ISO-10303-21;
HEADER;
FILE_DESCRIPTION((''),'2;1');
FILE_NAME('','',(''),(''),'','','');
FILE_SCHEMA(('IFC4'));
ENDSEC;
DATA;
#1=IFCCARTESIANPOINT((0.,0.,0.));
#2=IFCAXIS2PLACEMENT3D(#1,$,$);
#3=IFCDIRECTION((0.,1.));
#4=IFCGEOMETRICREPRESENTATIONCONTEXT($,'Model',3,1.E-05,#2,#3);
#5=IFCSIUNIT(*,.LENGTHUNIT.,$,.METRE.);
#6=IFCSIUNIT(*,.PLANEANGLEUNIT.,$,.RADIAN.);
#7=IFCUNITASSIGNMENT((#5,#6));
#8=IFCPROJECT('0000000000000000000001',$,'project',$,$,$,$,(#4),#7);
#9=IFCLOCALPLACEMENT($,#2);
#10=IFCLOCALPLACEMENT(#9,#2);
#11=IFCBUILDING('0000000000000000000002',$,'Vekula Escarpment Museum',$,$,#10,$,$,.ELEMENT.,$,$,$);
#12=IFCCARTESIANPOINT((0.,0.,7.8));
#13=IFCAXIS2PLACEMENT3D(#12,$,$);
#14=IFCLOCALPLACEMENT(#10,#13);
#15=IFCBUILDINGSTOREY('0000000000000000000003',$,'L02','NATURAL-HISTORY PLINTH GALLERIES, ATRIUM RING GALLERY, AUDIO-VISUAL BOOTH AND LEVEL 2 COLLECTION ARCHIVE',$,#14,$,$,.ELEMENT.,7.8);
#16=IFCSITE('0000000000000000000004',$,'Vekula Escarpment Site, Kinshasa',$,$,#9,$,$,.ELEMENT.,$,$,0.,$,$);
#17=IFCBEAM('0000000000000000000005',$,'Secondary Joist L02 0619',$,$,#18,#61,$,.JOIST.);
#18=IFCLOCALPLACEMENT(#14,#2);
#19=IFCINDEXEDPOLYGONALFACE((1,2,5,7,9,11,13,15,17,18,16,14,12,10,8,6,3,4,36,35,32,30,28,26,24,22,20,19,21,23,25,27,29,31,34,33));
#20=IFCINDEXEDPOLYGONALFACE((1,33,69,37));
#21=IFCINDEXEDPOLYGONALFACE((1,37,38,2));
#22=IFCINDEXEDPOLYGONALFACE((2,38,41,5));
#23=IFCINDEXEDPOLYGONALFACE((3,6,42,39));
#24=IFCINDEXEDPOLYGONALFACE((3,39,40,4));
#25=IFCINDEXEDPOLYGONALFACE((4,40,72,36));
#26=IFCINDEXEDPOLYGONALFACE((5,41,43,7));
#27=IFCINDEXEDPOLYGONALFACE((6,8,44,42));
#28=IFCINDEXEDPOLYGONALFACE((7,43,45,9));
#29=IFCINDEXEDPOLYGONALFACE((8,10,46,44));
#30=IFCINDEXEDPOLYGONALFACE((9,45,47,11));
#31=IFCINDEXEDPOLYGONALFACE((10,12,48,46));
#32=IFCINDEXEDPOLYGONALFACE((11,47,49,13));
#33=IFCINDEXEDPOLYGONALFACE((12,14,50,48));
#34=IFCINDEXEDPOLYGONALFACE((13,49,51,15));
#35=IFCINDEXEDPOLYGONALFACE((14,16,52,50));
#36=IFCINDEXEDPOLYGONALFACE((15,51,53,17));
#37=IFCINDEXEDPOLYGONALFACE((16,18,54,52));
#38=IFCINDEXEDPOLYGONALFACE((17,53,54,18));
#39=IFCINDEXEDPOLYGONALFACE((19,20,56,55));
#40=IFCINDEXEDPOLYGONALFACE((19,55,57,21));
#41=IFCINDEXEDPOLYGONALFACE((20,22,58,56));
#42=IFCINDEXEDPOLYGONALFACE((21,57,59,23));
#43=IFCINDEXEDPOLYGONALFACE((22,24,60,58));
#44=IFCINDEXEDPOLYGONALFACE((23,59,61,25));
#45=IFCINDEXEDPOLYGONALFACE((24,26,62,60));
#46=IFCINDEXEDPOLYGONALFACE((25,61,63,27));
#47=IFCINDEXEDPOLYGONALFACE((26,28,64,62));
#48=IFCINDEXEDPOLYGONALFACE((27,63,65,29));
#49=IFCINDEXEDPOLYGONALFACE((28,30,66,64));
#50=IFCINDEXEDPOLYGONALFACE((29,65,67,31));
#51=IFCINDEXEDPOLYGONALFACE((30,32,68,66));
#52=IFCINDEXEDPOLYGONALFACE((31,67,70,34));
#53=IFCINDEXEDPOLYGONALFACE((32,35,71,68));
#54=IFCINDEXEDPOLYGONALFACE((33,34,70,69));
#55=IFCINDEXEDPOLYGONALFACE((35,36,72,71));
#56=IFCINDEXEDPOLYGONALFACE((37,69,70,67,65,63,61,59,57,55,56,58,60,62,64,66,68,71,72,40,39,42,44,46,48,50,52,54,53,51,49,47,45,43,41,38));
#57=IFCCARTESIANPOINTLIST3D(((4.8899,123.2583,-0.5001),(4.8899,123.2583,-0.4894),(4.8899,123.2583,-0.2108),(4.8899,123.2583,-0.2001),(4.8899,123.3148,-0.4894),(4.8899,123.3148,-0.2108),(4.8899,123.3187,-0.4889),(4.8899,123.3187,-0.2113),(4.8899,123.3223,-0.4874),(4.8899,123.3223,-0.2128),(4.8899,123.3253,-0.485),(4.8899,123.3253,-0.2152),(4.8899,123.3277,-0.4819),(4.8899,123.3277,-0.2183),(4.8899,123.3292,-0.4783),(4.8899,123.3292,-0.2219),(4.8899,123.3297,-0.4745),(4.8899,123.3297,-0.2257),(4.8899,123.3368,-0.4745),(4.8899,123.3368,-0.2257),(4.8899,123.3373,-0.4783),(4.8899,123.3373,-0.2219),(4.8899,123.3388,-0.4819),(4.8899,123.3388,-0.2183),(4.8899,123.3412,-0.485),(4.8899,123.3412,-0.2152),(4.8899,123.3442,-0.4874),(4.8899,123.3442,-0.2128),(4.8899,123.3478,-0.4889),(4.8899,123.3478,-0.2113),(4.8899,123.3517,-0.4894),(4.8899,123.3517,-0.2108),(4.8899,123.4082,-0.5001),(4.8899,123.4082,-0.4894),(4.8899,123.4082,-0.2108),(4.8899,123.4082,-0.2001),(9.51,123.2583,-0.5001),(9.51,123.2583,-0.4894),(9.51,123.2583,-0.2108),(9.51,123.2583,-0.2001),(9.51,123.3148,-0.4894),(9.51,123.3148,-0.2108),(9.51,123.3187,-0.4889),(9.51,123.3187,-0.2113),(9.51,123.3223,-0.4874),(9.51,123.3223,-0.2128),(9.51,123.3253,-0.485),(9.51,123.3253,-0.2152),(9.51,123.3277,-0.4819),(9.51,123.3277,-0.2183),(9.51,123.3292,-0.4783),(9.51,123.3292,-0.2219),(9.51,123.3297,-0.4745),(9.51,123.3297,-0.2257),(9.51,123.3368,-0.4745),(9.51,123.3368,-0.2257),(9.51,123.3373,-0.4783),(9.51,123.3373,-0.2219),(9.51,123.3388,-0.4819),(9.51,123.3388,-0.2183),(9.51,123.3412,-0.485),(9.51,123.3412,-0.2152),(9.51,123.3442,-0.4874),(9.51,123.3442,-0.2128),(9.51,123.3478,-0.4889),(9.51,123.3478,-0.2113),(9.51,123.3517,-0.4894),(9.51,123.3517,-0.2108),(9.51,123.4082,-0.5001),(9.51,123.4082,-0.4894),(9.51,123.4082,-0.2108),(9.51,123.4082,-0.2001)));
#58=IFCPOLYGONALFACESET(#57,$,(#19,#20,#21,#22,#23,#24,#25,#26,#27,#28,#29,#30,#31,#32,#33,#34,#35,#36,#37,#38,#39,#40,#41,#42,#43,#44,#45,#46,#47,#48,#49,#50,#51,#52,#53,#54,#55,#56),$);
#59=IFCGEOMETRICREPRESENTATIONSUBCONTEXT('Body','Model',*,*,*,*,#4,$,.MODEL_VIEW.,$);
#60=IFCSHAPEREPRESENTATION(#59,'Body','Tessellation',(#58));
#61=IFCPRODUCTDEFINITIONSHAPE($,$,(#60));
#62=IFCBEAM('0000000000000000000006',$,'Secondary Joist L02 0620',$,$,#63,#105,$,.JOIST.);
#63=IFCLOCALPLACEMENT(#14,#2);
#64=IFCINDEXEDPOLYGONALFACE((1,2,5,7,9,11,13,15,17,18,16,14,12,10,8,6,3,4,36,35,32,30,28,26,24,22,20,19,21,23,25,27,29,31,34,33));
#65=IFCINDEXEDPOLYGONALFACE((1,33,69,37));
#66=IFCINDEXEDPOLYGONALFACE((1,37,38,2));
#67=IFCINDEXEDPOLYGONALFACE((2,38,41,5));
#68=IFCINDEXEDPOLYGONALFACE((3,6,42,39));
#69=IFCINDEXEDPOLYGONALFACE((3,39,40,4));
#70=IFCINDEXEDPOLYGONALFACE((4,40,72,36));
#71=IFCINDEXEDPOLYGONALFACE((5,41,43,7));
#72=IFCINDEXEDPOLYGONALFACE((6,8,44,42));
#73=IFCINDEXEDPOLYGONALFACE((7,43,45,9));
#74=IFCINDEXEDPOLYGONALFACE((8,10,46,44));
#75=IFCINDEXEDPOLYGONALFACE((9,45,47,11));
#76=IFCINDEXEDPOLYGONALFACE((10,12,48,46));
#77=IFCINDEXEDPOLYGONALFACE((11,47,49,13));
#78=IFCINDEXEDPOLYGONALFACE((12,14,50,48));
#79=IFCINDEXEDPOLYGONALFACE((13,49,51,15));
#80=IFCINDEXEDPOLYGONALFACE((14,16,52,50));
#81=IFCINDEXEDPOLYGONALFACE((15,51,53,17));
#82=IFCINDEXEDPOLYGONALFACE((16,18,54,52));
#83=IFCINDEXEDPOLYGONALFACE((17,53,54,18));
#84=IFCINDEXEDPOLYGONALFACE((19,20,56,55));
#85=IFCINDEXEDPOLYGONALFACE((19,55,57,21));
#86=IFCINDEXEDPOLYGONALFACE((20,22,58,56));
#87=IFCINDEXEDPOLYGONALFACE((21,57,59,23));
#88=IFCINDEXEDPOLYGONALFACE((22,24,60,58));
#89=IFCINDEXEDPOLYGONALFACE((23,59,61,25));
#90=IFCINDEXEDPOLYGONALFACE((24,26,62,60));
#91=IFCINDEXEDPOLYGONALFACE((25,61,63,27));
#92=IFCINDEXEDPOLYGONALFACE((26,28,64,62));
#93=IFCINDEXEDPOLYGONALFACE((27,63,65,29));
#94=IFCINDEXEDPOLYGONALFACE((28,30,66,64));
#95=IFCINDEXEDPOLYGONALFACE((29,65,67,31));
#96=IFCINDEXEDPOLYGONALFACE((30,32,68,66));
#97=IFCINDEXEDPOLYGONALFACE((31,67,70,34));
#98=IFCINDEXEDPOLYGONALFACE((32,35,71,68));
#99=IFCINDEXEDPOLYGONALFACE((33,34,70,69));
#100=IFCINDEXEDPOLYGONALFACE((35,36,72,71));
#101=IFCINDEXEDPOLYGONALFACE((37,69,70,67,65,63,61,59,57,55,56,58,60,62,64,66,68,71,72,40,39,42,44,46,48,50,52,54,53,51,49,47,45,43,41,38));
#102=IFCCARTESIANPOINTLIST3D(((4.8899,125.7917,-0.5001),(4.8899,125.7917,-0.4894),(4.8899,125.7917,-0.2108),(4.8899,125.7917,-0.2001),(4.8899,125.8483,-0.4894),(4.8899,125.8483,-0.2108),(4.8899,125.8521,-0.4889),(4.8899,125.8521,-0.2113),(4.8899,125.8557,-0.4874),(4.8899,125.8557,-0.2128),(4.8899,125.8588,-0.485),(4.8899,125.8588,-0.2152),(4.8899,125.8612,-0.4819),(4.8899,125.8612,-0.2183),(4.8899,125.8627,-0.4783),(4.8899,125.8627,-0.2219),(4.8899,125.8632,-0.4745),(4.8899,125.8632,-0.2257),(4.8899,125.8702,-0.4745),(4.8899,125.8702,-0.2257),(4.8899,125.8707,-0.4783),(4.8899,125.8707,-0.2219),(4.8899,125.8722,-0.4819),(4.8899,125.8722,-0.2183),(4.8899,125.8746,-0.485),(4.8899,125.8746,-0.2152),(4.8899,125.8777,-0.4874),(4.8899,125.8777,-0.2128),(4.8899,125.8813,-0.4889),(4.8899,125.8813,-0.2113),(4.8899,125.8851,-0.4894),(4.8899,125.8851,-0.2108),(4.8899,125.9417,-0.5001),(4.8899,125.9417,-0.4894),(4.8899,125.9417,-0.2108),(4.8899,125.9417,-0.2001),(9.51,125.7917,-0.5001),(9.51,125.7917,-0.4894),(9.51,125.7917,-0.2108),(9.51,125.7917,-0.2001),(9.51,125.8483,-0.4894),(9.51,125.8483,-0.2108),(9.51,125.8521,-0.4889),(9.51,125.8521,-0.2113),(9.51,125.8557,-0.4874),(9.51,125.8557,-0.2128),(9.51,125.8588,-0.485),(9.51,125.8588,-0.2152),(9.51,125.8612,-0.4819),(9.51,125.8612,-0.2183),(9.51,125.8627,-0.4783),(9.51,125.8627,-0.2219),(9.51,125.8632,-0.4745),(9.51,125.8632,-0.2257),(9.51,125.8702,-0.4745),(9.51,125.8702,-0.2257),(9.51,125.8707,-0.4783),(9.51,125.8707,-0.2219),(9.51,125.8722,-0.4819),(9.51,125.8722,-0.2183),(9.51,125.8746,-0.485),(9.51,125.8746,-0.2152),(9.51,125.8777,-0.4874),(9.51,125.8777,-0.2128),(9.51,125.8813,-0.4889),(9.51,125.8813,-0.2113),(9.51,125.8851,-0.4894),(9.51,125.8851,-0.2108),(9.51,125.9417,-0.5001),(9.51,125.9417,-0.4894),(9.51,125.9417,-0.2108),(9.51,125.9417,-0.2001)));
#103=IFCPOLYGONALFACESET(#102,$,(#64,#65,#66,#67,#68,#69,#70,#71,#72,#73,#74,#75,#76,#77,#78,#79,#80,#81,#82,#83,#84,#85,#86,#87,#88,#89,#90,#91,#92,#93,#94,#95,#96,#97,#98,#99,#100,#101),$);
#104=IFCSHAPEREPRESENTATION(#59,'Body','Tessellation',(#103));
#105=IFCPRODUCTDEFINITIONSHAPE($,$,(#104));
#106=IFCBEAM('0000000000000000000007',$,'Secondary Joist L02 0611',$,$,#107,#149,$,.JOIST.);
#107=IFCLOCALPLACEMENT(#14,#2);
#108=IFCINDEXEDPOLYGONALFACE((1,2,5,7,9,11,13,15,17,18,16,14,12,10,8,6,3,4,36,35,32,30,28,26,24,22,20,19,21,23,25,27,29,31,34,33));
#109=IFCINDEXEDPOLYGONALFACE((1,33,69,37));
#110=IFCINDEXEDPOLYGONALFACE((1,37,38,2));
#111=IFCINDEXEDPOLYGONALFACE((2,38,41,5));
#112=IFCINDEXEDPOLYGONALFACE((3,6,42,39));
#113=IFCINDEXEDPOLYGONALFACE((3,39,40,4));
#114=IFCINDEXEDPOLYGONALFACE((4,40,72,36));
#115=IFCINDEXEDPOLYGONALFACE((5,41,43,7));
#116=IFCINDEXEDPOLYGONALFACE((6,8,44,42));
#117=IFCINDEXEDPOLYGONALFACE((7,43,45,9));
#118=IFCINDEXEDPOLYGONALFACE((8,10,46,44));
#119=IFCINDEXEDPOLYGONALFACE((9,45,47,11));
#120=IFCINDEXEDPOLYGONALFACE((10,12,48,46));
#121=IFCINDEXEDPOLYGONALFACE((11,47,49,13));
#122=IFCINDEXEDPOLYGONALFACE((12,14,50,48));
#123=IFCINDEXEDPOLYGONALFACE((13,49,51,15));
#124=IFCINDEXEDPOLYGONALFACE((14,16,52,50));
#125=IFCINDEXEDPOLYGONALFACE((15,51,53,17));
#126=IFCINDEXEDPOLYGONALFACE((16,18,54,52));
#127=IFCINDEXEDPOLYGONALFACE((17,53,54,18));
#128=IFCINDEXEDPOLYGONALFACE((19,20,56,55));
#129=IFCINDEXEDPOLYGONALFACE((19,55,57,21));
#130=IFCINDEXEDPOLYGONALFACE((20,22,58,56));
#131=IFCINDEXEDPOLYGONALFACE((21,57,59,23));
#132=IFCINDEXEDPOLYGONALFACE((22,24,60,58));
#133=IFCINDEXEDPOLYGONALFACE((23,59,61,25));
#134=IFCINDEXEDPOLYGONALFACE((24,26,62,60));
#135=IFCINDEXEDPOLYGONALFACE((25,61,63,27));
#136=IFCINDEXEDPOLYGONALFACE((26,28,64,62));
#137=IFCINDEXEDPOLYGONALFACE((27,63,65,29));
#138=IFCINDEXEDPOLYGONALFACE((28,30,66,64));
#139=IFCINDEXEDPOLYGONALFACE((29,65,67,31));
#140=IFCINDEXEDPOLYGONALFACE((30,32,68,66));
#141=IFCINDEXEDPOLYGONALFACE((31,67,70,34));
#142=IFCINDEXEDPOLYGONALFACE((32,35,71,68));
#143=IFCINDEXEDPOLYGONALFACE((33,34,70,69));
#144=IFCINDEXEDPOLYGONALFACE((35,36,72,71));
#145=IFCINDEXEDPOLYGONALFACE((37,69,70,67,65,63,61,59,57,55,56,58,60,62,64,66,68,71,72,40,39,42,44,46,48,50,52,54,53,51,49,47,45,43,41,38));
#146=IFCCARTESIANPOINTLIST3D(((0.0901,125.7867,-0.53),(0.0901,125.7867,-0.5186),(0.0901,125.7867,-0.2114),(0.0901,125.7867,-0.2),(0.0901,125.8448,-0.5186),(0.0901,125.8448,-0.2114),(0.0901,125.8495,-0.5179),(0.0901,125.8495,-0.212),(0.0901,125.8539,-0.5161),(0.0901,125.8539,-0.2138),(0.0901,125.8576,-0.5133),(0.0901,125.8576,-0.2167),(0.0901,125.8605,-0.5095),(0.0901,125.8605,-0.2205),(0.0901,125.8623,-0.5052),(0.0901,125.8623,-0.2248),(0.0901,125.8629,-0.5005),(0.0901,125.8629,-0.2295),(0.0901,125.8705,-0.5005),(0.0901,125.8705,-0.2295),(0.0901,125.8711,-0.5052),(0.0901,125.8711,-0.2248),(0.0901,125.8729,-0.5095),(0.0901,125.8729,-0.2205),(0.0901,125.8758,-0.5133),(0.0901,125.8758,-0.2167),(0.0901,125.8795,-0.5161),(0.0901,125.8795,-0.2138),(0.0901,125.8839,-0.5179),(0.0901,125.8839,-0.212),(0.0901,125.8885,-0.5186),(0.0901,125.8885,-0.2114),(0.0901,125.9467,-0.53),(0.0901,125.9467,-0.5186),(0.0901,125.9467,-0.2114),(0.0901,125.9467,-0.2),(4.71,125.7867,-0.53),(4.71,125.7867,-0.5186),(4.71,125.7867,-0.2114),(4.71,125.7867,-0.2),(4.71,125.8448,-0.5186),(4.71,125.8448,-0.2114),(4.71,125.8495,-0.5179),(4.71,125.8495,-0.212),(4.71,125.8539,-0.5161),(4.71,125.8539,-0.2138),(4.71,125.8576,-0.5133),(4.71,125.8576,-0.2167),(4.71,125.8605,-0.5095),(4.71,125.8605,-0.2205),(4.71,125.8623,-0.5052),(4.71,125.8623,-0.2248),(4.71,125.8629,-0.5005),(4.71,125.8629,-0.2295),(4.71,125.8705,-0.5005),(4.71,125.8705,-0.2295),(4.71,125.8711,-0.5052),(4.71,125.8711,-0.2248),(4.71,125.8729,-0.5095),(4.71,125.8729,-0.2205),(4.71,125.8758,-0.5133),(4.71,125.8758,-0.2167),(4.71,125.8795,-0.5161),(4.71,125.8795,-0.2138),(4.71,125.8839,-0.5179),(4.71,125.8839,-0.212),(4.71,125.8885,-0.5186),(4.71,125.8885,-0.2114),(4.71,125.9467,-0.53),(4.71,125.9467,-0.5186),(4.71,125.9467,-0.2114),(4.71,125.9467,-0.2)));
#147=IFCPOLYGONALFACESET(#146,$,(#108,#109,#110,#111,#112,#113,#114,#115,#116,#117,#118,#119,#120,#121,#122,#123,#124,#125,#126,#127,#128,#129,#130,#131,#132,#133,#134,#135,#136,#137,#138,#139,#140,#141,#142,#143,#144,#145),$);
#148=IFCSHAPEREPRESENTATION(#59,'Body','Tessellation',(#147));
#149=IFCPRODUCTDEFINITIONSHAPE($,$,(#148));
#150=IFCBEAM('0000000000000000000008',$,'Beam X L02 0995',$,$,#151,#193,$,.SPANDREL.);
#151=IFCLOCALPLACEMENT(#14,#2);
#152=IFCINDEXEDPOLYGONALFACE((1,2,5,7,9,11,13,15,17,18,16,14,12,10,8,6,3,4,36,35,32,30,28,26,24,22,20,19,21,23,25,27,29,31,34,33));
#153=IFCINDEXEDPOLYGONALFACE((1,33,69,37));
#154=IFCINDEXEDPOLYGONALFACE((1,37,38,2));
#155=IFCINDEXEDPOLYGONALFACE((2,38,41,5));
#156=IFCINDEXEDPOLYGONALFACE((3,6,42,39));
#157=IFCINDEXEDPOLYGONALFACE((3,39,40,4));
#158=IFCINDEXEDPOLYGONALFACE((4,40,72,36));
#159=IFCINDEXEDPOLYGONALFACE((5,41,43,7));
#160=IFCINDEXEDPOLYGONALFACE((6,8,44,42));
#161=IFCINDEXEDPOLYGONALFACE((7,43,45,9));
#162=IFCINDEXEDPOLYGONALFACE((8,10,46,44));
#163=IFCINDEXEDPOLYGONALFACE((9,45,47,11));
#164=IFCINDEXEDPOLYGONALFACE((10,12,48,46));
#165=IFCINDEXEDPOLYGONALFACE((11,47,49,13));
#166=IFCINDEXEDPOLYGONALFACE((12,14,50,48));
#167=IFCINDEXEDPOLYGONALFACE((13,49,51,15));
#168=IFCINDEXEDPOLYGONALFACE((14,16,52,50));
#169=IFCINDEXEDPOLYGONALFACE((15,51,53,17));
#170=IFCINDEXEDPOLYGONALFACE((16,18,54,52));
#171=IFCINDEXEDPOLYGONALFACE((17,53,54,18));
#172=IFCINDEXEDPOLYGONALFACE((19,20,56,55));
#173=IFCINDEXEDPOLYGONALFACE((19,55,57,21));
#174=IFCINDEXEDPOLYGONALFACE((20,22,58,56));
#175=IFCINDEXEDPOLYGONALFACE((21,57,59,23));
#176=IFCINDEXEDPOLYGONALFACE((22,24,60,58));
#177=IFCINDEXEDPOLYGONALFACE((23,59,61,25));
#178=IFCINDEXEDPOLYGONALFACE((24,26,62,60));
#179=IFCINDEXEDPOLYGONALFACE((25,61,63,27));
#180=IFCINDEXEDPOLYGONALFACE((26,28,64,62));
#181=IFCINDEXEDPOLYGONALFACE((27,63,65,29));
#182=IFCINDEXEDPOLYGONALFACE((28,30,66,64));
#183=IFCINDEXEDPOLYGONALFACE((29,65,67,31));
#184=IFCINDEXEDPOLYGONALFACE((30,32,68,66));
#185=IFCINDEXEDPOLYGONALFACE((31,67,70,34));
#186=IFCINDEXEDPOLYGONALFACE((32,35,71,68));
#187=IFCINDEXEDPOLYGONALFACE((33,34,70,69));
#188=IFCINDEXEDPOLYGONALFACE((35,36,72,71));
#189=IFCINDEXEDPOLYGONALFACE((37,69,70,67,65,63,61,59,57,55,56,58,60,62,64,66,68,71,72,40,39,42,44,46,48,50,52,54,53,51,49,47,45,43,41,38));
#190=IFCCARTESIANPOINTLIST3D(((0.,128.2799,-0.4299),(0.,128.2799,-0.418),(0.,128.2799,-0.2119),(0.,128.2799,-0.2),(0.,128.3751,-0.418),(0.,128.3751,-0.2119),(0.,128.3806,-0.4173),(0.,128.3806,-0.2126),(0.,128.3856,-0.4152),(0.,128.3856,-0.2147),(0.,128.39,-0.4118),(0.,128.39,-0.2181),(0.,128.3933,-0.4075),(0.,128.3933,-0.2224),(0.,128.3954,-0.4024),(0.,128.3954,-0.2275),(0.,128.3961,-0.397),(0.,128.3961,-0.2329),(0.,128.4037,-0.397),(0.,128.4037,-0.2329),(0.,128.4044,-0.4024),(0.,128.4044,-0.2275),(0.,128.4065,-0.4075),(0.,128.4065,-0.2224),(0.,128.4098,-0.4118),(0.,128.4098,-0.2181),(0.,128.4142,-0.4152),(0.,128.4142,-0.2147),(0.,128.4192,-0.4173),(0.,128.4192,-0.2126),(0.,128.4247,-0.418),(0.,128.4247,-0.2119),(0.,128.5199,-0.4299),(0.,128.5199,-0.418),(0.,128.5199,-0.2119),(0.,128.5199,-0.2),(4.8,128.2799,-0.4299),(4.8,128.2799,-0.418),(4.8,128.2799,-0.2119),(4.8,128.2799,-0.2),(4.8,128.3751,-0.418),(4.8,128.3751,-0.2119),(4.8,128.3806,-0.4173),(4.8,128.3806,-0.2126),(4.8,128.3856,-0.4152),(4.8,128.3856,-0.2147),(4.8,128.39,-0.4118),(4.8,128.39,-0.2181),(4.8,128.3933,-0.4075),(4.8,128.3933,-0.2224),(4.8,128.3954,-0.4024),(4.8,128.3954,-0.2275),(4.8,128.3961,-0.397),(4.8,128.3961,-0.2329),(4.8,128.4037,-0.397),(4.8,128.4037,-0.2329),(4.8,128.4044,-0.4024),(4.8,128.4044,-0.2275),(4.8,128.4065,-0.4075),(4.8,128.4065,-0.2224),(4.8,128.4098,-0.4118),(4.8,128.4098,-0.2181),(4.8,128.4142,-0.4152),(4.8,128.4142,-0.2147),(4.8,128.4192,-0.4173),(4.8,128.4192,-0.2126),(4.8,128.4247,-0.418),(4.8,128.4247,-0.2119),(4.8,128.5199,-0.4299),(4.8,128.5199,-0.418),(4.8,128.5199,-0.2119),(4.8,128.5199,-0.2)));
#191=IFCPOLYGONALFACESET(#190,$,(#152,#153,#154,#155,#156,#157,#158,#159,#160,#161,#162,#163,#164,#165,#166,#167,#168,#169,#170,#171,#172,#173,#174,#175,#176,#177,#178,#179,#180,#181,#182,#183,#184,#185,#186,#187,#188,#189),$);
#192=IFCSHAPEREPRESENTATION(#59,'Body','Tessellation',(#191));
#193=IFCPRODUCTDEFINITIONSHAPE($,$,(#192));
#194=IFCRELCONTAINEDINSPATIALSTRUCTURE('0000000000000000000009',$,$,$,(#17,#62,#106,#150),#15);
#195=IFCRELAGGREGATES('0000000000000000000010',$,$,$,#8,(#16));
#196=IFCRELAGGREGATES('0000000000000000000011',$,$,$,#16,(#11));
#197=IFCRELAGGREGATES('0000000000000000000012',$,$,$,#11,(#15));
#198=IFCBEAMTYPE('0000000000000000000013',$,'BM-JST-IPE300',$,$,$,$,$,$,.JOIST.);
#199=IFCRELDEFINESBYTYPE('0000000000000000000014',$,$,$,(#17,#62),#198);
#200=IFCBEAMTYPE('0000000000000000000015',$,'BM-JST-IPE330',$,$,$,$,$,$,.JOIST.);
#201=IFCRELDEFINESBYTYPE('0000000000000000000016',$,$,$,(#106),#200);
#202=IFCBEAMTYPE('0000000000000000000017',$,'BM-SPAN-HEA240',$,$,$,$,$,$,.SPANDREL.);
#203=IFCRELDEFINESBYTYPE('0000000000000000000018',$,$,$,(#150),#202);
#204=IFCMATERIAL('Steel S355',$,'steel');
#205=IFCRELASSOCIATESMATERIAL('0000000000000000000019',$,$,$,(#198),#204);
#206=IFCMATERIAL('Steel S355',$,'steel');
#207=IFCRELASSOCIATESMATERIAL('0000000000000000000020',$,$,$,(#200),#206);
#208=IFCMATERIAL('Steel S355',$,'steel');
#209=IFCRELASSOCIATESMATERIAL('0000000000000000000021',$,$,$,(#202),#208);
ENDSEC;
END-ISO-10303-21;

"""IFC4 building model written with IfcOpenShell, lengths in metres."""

from ifc_helpers import new_model, si_unit, direction, frame, origin, origin_2d, place, context, subcontext, project, spatial, i_section, extrude, material, material_profile, profile_set, type_object, element, save


model = new_model("IFC4")

# Units and contexts
model_context = context("Model", 3, precision=1e-05, world=origin(), true_north=direction((0.0, 1.0)))
body_context = subcontext(model_context, "Body", "Model", "MODEL_VIEW")
ifc_project = project(units=[si_unit("LENGTHUNIT", "METRE"), si_unit("PLANEANGLEUNIT", "RADIAN")], contexts=[model_context])

# Site, building, storey
site_placement = place(None, origin())
site = spatial("IfcSite", under=ifc_project, at=site_placement, Name="Vekula Escarpment Site, Kinshasa", CompositionType="ELEMENT", RefElevation=0.0)
building_placement = place(site_placement, origin())
building = spatial("IfcBuilding", under=site, at=building_placement, Name="Vekula Escarpment Museum", CompositionType="ELEMENT")
storey_placement = place(building_placement, frame((0.0, 0.0, 7.8)))
storey = spatial("IfcBuildingStorey", under=building, at=storey_placement, Name="L02", Description="NATURAL-HISTORY PLINTH GALLERIES, ATRIUM RING GALLERY, AUDIO-VISUAL BOOTH AND LEVEL 2 COLLECTION ARCHIVE", CompositionType="ELEMENT", Elevation=7.8)

# Beams
ifc_material_1 = material(Name="Steel S355", Category="steel")
ifc_material_profile_1 = material_profile(ifc_material_1, i_section(OverallWidth=0.1499, OverallDepth=0.3, WebThickness=0.0071, FlangeThickness=0.0107, FilletRadius=0.0149, at=origin_2d()), Name="IPE 300")
ifc_profile_set_1 = profile_set([ifc_material_profile_1], Name="Steel S355")
beam_type_1 = type_object("IfcBeamType", Name="BM-JST-IPE300", PredefinedType="JOIST", material=ifc_profile_set_1)
for number, where, z_axis, x_axis, name in (
    (1, (4.8899, 123.3333, -0.3501), (1.0, 0.0, 0.0), (0.0, 1.0, 0.0), "Secondary Joist L02 0619"),
    (2, (4.8899, 125.8667, -0.3501), (1.0, 0.0, 0.0), (0.0, 1.0, 0.0), "Secondary Joist L02 0620"),
):
    element("IfcBeam", number, at=place(storey_placement, frame(where, z_axis=z_axis, x_axis=x_axis)), inside=storey, type_object=beam_type_1, Name=name, PredefinedType="JOIST", context=body_context, shape_type="SweptSolid", body=[
        extrude(i_section(OverallWidth=0.1499, OverallDepth=0.3, WebThickness=0.0071, FlangeThickness=0.0107, FilletRadius=0.0149, at=origin_2d()), origin(), (0.0, 0.0, 1.0), 4.6201),
    ])
ifc_material_2 = material(Name="Steel S355", Category="steel")
ifc_material_profile_2 = material_profile(ifc_material_2, i_section(OverallWidth=0.1599, OverallDepth=0.3301, WebThickness=0.0076, FlangeThickness=0.0115, FilletRadius=0.0181, at=origin_2d()), Name="IPE 330")
ifc_profile_set_2 = profile_set([ifc_material_profile_2], Name="Steel S355")
beam_type_2 = type_object("IfcBeamType", Name="BM-JST-IPE330", PredefinedType="JOIST", material=ifc_profile_set_2)
beam_1_placement = place(storey_placement, frame((0.0901, 125.8667, -0.365), z_axis=(1.0, 0.0, 0.0), x_axis=(0.0, 1.0, 0.0)))
element("IfcBeam", 3, at=beam_1_placement, inside=storey, type_object=beam_type_2, Name="Secondary Joist L02 0611", PredefinedType="JOIST", context=body_context, shape_type="SweptSolid", body=[
    extrude(i_section(OverallWidth=0.1599, OverallDepth=0.3301, WebThickness=0.0076, FlangeThickness=0.0115, FilletRadius=0.0181, at=origin_2d()), origin(), (0.0, 0.0, 1.0), 4.6199),
])
ifc_material_3 = material(Name="Steel S355", Category="steel")
ifc_material_profile_3 = material_profile(ifc_material_3, i_section(OverallWidth=0.24, OverallDepth=0.23, WebThickness=0.0076, FlangeThickness=0.012, FilletRadius=0.021, at=origin_2d()), Name="HEA 240")
ifc_profile_set_3 = profile_set([ifc_material_profile_3], Name="Steel S355")
beam_type_3 = type_object("IfcBeamType", Name="BM-SPAN-HEA240", PredefinedType="SPANDREL", material=ifc_profile_set_3)
beam_2_placement = place(storey_placement, frame((0.0, 128.3999, -0.3149), z_axis=(1.0, 0.0, 0.0), x_axis=(0.0, 1.0, 0.0)))
element("IfcBeam", 4, at=beam_2_placement, inside=storey, type_object=beam_type_3, Name="Beam X L02 0995", PredefinedType="SPANDREL", context=body_context, shape_type="SweptSolid", body=[
    extrude(i_section(OverallWidth=0.24, OverallDepth=0.23, WebThickness=0.0076, FlangeThickness=0.012, FilletRadius=0.021, at=origin_2d()), origin(), (0.0, 0.0, 1.0), 4.8),
])

save(model, "model.ifc")
